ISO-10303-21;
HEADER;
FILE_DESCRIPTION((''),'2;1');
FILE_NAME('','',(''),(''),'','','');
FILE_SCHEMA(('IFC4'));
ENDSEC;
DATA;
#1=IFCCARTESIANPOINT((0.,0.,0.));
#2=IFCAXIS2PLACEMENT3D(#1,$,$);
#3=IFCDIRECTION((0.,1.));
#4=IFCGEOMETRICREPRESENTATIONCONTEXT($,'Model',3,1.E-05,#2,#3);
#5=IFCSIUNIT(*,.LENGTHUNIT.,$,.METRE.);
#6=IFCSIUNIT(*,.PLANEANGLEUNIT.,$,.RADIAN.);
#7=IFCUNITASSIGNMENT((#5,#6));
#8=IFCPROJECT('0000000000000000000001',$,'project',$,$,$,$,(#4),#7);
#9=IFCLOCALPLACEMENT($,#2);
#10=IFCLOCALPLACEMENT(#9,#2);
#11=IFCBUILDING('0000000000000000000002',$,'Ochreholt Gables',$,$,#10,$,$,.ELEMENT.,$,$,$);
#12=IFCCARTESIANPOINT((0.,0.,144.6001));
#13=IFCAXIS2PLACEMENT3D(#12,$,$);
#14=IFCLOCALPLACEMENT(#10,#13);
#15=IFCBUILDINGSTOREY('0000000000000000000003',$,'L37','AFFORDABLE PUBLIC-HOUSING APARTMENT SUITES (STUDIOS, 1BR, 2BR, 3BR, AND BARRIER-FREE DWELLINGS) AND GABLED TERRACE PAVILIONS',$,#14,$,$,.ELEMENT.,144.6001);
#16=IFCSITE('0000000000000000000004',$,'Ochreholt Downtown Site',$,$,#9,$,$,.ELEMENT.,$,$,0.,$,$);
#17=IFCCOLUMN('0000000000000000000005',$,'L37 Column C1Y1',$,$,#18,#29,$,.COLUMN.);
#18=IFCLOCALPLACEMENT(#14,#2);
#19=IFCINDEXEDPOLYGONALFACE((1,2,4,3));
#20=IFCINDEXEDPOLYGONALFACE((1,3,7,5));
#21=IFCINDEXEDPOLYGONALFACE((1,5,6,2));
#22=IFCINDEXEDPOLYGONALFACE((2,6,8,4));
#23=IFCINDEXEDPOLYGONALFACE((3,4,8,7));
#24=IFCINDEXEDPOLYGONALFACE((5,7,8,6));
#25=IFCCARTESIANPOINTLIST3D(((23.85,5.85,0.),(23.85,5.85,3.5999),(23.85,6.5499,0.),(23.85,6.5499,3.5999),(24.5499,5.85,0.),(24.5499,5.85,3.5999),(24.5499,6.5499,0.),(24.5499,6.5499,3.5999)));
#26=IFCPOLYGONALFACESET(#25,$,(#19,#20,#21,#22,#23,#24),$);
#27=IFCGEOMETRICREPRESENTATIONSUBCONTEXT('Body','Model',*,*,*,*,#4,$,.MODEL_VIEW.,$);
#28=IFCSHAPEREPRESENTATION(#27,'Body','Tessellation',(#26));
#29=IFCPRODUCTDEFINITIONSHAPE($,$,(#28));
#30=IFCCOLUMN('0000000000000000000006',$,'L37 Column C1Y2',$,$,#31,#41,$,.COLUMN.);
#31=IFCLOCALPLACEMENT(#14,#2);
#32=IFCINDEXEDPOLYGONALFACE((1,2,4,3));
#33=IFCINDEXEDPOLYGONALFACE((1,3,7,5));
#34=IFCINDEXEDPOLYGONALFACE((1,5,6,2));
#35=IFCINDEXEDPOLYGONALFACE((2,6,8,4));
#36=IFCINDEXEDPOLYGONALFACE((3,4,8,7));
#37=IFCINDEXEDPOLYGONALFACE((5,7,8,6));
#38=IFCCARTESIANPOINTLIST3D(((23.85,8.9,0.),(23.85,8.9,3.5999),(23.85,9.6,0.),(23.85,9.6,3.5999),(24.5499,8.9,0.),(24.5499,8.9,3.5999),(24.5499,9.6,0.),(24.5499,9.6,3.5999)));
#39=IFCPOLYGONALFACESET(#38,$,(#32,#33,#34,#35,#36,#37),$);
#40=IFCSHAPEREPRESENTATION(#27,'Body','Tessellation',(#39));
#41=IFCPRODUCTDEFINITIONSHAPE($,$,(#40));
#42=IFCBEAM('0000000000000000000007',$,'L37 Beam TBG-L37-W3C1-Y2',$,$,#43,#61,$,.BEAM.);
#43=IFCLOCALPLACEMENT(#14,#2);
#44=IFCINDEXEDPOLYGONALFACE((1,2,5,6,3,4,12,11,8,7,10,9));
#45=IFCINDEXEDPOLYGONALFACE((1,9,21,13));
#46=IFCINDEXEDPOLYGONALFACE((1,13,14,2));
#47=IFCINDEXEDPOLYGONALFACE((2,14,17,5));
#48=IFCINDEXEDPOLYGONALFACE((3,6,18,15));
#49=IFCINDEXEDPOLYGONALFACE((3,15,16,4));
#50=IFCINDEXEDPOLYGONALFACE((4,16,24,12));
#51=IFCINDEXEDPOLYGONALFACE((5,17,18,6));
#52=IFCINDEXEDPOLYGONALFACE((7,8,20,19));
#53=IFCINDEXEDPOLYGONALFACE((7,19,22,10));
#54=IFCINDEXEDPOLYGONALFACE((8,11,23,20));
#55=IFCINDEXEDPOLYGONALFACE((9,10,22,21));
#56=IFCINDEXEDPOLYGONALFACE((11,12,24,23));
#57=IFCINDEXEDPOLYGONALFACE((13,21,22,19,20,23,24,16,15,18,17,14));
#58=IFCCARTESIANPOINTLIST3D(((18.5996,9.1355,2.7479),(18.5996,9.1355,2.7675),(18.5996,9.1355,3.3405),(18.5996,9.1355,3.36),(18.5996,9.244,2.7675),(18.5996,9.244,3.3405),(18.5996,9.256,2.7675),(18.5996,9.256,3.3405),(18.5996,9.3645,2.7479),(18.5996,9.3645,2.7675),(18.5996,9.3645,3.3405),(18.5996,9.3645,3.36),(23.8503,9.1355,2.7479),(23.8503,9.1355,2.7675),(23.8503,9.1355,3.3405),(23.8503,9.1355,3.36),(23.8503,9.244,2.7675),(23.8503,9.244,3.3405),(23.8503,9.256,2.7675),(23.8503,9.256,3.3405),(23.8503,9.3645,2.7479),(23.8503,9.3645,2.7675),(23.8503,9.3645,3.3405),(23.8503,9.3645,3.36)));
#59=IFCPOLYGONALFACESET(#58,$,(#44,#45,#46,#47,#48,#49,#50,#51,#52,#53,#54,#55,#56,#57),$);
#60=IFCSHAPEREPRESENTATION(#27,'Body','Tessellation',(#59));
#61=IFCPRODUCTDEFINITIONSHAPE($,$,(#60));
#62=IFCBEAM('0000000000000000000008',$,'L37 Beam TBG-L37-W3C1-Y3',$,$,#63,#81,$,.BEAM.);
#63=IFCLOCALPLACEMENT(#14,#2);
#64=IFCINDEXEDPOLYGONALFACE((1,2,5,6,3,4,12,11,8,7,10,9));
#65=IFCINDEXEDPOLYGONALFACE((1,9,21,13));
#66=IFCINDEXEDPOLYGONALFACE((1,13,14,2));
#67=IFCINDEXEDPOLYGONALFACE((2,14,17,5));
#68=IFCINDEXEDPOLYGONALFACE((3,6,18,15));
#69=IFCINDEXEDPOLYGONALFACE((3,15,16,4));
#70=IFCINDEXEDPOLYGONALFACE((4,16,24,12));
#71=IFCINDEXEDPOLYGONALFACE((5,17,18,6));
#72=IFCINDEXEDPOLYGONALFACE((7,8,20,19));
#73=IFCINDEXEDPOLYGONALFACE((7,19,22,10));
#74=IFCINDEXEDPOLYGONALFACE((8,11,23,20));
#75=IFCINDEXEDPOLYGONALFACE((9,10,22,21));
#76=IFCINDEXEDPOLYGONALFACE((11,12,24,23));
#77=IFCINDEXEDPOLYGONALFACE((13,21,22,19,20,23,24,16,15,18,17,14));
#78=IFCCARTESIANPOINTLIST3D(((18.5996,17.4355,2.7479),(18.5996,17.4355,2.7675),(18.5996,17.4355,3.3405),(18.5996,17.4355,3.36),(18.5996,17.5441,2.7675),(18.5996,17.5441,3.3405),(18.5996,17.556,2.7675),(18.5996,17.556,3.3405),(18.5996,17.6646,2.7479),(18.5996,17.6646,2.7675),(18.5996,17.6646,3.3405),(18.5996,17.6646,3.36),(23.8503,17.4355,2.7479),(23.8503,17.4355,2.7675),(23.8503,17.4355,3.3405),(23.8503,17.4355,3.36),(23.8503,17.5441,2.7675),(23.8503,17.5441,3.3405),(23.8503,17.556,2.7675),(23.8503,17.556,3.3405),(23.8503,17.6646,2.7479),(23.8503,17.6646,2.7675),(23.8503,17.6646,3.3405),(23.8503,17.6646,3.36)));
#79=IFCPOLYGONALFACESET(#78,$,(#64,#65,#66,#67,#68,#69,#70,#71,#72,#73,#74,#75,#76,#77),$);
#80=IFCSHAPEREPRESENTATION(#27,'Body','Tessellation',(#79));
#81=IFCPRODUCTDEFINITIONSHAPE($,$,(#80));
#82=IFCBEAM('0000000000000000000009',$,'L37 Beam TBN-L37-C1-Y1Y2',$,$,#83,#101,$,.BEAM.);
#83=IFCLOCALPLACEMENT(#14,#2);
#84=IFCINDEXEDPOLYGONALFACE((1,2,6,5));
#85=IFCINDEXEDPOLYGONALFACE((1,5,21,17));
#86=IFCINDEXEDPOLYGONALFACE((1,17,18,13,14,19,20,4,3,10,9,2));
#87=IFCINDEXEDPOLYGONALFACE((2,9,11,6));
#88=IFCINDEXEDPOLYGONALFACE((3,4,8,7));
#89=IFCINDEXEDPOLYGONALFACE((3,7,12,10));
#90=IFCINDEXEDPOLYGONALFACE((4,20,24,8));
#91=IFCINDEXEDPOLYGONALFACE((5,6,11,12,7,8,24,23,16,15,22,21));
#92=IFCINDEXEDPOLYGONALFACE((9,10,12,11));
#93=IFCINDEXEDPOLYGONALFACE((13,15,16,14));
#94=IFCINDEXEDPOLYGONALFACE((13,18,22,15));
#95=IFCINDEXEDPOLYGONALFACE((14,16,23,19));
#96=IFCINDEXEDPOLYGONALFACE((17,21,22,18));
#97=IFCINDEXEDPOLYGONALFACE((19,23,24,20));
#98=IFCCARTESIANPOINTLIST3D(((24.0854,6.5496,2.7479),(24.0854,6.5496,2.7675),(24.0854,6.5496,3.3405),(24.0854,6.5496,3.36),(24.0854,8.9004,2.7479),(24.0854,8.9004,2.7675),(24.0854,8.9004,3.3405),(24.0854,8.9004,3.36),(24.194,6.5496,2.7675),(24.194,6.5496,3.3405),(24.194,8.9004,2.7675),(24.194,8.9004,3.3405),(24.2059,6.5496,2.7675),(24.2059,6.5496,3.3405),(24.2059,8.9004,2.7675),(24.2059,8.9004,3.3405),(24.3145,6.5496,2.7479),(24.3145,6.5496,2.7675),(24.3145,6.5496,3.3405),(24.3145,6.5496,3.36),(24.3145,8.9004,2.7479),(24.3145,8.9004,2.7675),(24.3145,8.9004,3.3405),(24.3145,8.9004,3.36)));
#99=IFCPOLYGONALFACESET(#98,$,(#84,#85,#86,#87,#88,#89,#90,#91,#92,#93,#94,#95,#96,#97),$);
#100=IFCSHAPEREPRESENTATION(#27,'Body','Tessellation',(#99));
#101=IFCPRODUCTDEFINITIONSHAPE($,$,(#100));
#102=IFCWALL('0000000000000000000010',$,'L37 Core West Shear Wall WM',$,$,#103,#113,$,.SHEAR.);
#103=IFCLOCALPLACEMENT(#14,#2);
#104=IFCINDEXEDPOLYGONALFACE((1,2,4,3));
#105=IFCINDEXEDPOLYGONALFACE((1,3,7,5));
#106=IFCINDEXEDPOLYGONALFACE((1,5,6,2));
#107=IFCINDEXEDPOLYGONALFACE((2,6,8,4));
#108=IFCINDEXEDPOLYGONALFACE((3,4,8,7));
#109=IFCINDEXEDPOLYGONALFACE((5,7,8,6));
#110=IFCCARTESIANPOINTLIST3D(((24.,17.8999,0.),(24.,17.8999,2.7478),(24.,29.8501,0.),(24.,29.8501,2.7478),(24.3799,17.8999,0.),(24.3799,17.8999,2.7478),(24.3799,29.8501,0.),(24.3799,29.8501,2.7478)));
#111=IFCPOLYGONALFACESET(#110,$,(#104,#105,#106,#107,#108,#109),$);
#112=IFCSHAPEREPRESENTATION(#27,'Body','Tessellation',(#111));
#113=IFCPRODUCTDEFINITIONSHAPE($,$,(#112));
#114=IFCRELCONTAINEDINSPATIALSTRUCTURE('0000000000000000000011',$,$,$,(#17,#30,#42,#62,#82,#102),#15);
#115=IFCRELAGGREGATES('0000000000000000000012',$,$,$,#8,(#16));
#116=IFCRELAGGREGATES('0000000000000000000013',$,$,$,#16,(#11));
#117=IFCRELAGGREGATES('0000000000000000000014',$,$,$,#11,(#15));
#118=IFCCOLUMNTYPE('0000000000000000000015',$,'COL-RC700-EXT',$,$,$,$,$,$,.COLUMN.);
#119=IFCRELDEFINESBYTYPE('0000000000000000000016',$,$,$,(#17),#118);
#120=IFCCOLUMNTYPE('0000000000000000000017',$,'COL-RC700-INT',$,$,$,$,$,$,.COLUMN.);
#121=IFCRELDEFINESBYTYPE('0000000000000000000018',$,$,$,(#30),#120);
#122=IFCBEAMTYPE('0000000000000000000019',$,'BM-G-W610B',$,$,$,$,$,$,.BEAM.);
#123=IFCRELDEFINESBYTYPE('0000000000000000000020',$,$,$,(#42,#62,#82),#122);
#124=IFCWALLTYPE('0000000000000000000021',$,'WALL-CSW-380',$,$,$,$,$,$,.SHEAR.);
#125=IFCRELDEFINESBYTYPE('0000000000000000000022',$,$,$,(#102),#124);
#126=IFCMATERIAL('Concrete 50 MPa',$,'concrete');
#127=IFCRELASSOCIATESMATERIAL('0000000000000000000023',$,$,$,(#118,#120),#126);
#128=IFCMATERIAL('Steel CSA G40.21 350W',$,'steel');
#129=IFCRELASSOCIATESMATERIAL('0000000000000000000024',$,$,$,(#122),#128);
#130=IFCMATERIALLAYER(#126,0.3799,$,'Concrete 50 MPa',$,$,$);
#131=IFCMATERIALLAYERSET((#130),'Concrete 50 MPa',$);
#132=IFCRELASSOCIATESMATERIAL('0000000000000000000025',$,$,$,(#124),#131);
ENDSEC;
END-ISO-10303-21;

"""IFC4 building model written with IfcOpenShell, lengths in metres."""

from ifc_helpers import new_model, si_unit, direction, frame, frame_2d, origin, origin_2d, place, context, subcontext, project, spatial, rectangle, i_section, extrude, material, layer, layer_set, material_profile, profile_set, type_object, element, save


model = new_model("IFC4")

# Units and contexts
model_context = context("Model", 3, precision=1e-05, world=origin(), true_north=direction((0.0, 1.0)))
body_context = subcontext(model_context, "Body", "Model", "MODEL_VIEW")
ifc_project = project(units=[si_unit("LENGTHUNIT", "METRE"), si_unit("PLANEANGLEUNIT", "RADIAN")], contexts=[model_context])

# Site, building, storey
site_placement = place(None, origin())
site = spatial("IfcSite", under=ifc_project, at=site_placement, Name="Ochreholt Downtown Site", CompositionType="ELEMENT", RefElevation=0.0)
building_placement = place(site_placement, origin())
building = spatial("IfcBuilding", under=site, at=building_placement, Name="Ochreholt Gables", CompositionType="ELEMENT")
storey_placement = place(building_placement, frame((0.0, 0.0, 144.6001)))
storey = spatial("IfcBuildingStorey", under=building, at=storey_placement, Name="L37", Description="AFFORDABLE PUBLIC-HOUSING APARTMENT SUITES (STUDIOS, 1BR, 2BR, 3BR, AND BARRIER-FREE DWELLINGS) AND GABLED TERRACE PAVILIONS", CompositionType="ELEMENT", Elevation=144.6001)

# Columns
ifc_material_1 = material(Name="Concrete 50 MPa", Category="concrete")
ifc_material_profile_1 = material_profile(ifc_material_1, rectangle(XDim=0.7, YDim=0.7, at=origin_2d()), Name="RC700X700")
ifc_profile_set_1 = profile_set([ifc_material_profile_1], Name="Concrete 50 MPa")
column_type_1 = type_object("IfcColumnType", Name="COL-RC700-EXT", PredefinedType="COLUMN", material=ifc_profile_set_1)
column_1_placement = place(storey_placement, frame((24.2, 6.2, 0.0), z_axis=(0.0, 0.0, 1.0), x_axis=(1.0, 0.0, 0.0)))
element("IfcColumn", 1, at=column_1_placement, inside=storey, type_object=column_type_1, Name="L37 Column C1Y1", PredefinedType="COLUMN", context=body_context, shape_type="SweptSolid", body=[
    extrude(rectangle(XDim=0.7, YDim=0.7, at=origin_2d()), origin(), (0.0, 0.0, 1.0), 3.5999),
])
ifc_material_profile_2 = material_profile(ifc_material_1, rectangle(XDim=0.7, YDim=0.7, at=origin_2d()), Name="RC700X700")
ifc_profile_set_2 = profile_set([ifc_material_profile_2], Name="Concrete 50 MPa")
column_type_2 = type_object("IfcColumnType", Name="COL-RC700-INT", PredefinedType="COLUMN", material=ifc_profile_set_2)
column_2_placement = place(storey_placement, frame((24.2, 9.25, 0.0), z_axis=(0.0, 0.0, 1.0), x_axis=(1.0, 0.0, 0.0)))
element("IfcColumn", 2, at=column_2_placement, inside=storey, type_object=column_type_2, Name="L37 Column C1Y2", PredefinedType="COLUMN", context=body_context, shape_type="SweptSolid", body=[
    extrude(rectangle(XDim=0.7, YDim=0.7, at=origin_2d()), origin(), (0.0, 0.0, 1.0), 3.5999),
])

# Beams
ifc_material_2 = material(Name="Steel CSA G40.21 350W", Category="steel")
ifc_material_profile_3 = material_profile(ifc_material_2, i_section(OverallWidth=0.229, OverallDepth=0.6121, WebThickness=0.012, FlangeThickness=0.0195, at=origin_2d()), Name="W610X125")
ifc_profile_set_3 = profile_set([ifc_material_profile_3], Name="Steel CSA G40.21 350W")
beam_type = type_object("IfcBeamType", Name="BM-G-W610B", PredefinedType="BEAM", material=ifc_profile_set_3)
for number, where, z_axis, x_axis, name in (
    (3, (18.5996, 9.25, 3.054), (1.0, 0.0, 0.0), (0.0, 1.0, 0.0), "L37 Beam TBG-L37-W3C1-Y2"),
    (4, (18.5996, 17.55, 3.054), (1.0, 0.0, 0.0), (0.0, 1.0, 0.0), "L37 Beam TBG-L37-W3C1-Y3"),
):
    element("IfcBeam", number, at=place(storey_placement, frame(where, z_axis=z_axis, x_axis=x_axis)), inside=storey, type_object=beam_type, Name=name, PredefinedType="BEAM", context=body_context, shape_type="SweptSolid", body=[
        extrude(i_section(OverallWidth=0.229, OverallDepth=0.6121, WebThickness=0.012, FlangeThickness=0.0195, at=origin_2d()), origin(), (0.0, 0.0, 1.0), 5.2507),
    ])
beam_placement = place(storey_placement, frame((24.2, 6.5496, 3.054), z_axis=(0.0, 1.0, 0.0), x_axis=(-1.0, 0.0, 0.0)))
element("IfcBeam", 5, at=beam_placement, inside=storey, type_object=beam_type, Name="L37 Beam TBN-L37-C1-Y1Y2", PredefinedType="BEAM", context=body_context, shape_type="SweptSolid", body=[
    extrude(i_section(OverallWidth=0.229, OverallDepth=0.6121, WebThickness=0.012, FlangeThickness=0.0195, at=origin_2d()), origin(), (0.0, 0.0, 1.0), 2.3508),
])

# Wall
ifc_layer_1 = layer(ifc_material_1, 0.3799, Name="Concrete 50 MPa")
ifc_layer_set_1 = layer_set([ifc_layer_1], Name="Concrete 50 MPa")
wall_type_1 = type_object("IfcWallType", Name="WALL-CSW-380", PredefinedType="SHEAR", material=ifc_layer_set_1)
wall_1_placement = place(storey_placement, frame((24.1899, 17.8999, 0.0), z_axis=(0.0, 0.0, 1.0), x_axis=(0.0, 1.0, 0.0)))
element("IfcWall", 6, at=wall_1_placement, inside=storey, type_object=wall_type_1, Name="L37 Core West Shear Wall WM", PredefinedType="SHEAR", context=body_context, shape_type="SweptSolid", body=[
    extrude(rectangle(XDim=11.9502, YDim=0.3799, at=frame_2d((5.9751, 0.0))), origin(), (0.0, 0.0, 1.0), 2.7478),
])

save(model, "model.ifc")
